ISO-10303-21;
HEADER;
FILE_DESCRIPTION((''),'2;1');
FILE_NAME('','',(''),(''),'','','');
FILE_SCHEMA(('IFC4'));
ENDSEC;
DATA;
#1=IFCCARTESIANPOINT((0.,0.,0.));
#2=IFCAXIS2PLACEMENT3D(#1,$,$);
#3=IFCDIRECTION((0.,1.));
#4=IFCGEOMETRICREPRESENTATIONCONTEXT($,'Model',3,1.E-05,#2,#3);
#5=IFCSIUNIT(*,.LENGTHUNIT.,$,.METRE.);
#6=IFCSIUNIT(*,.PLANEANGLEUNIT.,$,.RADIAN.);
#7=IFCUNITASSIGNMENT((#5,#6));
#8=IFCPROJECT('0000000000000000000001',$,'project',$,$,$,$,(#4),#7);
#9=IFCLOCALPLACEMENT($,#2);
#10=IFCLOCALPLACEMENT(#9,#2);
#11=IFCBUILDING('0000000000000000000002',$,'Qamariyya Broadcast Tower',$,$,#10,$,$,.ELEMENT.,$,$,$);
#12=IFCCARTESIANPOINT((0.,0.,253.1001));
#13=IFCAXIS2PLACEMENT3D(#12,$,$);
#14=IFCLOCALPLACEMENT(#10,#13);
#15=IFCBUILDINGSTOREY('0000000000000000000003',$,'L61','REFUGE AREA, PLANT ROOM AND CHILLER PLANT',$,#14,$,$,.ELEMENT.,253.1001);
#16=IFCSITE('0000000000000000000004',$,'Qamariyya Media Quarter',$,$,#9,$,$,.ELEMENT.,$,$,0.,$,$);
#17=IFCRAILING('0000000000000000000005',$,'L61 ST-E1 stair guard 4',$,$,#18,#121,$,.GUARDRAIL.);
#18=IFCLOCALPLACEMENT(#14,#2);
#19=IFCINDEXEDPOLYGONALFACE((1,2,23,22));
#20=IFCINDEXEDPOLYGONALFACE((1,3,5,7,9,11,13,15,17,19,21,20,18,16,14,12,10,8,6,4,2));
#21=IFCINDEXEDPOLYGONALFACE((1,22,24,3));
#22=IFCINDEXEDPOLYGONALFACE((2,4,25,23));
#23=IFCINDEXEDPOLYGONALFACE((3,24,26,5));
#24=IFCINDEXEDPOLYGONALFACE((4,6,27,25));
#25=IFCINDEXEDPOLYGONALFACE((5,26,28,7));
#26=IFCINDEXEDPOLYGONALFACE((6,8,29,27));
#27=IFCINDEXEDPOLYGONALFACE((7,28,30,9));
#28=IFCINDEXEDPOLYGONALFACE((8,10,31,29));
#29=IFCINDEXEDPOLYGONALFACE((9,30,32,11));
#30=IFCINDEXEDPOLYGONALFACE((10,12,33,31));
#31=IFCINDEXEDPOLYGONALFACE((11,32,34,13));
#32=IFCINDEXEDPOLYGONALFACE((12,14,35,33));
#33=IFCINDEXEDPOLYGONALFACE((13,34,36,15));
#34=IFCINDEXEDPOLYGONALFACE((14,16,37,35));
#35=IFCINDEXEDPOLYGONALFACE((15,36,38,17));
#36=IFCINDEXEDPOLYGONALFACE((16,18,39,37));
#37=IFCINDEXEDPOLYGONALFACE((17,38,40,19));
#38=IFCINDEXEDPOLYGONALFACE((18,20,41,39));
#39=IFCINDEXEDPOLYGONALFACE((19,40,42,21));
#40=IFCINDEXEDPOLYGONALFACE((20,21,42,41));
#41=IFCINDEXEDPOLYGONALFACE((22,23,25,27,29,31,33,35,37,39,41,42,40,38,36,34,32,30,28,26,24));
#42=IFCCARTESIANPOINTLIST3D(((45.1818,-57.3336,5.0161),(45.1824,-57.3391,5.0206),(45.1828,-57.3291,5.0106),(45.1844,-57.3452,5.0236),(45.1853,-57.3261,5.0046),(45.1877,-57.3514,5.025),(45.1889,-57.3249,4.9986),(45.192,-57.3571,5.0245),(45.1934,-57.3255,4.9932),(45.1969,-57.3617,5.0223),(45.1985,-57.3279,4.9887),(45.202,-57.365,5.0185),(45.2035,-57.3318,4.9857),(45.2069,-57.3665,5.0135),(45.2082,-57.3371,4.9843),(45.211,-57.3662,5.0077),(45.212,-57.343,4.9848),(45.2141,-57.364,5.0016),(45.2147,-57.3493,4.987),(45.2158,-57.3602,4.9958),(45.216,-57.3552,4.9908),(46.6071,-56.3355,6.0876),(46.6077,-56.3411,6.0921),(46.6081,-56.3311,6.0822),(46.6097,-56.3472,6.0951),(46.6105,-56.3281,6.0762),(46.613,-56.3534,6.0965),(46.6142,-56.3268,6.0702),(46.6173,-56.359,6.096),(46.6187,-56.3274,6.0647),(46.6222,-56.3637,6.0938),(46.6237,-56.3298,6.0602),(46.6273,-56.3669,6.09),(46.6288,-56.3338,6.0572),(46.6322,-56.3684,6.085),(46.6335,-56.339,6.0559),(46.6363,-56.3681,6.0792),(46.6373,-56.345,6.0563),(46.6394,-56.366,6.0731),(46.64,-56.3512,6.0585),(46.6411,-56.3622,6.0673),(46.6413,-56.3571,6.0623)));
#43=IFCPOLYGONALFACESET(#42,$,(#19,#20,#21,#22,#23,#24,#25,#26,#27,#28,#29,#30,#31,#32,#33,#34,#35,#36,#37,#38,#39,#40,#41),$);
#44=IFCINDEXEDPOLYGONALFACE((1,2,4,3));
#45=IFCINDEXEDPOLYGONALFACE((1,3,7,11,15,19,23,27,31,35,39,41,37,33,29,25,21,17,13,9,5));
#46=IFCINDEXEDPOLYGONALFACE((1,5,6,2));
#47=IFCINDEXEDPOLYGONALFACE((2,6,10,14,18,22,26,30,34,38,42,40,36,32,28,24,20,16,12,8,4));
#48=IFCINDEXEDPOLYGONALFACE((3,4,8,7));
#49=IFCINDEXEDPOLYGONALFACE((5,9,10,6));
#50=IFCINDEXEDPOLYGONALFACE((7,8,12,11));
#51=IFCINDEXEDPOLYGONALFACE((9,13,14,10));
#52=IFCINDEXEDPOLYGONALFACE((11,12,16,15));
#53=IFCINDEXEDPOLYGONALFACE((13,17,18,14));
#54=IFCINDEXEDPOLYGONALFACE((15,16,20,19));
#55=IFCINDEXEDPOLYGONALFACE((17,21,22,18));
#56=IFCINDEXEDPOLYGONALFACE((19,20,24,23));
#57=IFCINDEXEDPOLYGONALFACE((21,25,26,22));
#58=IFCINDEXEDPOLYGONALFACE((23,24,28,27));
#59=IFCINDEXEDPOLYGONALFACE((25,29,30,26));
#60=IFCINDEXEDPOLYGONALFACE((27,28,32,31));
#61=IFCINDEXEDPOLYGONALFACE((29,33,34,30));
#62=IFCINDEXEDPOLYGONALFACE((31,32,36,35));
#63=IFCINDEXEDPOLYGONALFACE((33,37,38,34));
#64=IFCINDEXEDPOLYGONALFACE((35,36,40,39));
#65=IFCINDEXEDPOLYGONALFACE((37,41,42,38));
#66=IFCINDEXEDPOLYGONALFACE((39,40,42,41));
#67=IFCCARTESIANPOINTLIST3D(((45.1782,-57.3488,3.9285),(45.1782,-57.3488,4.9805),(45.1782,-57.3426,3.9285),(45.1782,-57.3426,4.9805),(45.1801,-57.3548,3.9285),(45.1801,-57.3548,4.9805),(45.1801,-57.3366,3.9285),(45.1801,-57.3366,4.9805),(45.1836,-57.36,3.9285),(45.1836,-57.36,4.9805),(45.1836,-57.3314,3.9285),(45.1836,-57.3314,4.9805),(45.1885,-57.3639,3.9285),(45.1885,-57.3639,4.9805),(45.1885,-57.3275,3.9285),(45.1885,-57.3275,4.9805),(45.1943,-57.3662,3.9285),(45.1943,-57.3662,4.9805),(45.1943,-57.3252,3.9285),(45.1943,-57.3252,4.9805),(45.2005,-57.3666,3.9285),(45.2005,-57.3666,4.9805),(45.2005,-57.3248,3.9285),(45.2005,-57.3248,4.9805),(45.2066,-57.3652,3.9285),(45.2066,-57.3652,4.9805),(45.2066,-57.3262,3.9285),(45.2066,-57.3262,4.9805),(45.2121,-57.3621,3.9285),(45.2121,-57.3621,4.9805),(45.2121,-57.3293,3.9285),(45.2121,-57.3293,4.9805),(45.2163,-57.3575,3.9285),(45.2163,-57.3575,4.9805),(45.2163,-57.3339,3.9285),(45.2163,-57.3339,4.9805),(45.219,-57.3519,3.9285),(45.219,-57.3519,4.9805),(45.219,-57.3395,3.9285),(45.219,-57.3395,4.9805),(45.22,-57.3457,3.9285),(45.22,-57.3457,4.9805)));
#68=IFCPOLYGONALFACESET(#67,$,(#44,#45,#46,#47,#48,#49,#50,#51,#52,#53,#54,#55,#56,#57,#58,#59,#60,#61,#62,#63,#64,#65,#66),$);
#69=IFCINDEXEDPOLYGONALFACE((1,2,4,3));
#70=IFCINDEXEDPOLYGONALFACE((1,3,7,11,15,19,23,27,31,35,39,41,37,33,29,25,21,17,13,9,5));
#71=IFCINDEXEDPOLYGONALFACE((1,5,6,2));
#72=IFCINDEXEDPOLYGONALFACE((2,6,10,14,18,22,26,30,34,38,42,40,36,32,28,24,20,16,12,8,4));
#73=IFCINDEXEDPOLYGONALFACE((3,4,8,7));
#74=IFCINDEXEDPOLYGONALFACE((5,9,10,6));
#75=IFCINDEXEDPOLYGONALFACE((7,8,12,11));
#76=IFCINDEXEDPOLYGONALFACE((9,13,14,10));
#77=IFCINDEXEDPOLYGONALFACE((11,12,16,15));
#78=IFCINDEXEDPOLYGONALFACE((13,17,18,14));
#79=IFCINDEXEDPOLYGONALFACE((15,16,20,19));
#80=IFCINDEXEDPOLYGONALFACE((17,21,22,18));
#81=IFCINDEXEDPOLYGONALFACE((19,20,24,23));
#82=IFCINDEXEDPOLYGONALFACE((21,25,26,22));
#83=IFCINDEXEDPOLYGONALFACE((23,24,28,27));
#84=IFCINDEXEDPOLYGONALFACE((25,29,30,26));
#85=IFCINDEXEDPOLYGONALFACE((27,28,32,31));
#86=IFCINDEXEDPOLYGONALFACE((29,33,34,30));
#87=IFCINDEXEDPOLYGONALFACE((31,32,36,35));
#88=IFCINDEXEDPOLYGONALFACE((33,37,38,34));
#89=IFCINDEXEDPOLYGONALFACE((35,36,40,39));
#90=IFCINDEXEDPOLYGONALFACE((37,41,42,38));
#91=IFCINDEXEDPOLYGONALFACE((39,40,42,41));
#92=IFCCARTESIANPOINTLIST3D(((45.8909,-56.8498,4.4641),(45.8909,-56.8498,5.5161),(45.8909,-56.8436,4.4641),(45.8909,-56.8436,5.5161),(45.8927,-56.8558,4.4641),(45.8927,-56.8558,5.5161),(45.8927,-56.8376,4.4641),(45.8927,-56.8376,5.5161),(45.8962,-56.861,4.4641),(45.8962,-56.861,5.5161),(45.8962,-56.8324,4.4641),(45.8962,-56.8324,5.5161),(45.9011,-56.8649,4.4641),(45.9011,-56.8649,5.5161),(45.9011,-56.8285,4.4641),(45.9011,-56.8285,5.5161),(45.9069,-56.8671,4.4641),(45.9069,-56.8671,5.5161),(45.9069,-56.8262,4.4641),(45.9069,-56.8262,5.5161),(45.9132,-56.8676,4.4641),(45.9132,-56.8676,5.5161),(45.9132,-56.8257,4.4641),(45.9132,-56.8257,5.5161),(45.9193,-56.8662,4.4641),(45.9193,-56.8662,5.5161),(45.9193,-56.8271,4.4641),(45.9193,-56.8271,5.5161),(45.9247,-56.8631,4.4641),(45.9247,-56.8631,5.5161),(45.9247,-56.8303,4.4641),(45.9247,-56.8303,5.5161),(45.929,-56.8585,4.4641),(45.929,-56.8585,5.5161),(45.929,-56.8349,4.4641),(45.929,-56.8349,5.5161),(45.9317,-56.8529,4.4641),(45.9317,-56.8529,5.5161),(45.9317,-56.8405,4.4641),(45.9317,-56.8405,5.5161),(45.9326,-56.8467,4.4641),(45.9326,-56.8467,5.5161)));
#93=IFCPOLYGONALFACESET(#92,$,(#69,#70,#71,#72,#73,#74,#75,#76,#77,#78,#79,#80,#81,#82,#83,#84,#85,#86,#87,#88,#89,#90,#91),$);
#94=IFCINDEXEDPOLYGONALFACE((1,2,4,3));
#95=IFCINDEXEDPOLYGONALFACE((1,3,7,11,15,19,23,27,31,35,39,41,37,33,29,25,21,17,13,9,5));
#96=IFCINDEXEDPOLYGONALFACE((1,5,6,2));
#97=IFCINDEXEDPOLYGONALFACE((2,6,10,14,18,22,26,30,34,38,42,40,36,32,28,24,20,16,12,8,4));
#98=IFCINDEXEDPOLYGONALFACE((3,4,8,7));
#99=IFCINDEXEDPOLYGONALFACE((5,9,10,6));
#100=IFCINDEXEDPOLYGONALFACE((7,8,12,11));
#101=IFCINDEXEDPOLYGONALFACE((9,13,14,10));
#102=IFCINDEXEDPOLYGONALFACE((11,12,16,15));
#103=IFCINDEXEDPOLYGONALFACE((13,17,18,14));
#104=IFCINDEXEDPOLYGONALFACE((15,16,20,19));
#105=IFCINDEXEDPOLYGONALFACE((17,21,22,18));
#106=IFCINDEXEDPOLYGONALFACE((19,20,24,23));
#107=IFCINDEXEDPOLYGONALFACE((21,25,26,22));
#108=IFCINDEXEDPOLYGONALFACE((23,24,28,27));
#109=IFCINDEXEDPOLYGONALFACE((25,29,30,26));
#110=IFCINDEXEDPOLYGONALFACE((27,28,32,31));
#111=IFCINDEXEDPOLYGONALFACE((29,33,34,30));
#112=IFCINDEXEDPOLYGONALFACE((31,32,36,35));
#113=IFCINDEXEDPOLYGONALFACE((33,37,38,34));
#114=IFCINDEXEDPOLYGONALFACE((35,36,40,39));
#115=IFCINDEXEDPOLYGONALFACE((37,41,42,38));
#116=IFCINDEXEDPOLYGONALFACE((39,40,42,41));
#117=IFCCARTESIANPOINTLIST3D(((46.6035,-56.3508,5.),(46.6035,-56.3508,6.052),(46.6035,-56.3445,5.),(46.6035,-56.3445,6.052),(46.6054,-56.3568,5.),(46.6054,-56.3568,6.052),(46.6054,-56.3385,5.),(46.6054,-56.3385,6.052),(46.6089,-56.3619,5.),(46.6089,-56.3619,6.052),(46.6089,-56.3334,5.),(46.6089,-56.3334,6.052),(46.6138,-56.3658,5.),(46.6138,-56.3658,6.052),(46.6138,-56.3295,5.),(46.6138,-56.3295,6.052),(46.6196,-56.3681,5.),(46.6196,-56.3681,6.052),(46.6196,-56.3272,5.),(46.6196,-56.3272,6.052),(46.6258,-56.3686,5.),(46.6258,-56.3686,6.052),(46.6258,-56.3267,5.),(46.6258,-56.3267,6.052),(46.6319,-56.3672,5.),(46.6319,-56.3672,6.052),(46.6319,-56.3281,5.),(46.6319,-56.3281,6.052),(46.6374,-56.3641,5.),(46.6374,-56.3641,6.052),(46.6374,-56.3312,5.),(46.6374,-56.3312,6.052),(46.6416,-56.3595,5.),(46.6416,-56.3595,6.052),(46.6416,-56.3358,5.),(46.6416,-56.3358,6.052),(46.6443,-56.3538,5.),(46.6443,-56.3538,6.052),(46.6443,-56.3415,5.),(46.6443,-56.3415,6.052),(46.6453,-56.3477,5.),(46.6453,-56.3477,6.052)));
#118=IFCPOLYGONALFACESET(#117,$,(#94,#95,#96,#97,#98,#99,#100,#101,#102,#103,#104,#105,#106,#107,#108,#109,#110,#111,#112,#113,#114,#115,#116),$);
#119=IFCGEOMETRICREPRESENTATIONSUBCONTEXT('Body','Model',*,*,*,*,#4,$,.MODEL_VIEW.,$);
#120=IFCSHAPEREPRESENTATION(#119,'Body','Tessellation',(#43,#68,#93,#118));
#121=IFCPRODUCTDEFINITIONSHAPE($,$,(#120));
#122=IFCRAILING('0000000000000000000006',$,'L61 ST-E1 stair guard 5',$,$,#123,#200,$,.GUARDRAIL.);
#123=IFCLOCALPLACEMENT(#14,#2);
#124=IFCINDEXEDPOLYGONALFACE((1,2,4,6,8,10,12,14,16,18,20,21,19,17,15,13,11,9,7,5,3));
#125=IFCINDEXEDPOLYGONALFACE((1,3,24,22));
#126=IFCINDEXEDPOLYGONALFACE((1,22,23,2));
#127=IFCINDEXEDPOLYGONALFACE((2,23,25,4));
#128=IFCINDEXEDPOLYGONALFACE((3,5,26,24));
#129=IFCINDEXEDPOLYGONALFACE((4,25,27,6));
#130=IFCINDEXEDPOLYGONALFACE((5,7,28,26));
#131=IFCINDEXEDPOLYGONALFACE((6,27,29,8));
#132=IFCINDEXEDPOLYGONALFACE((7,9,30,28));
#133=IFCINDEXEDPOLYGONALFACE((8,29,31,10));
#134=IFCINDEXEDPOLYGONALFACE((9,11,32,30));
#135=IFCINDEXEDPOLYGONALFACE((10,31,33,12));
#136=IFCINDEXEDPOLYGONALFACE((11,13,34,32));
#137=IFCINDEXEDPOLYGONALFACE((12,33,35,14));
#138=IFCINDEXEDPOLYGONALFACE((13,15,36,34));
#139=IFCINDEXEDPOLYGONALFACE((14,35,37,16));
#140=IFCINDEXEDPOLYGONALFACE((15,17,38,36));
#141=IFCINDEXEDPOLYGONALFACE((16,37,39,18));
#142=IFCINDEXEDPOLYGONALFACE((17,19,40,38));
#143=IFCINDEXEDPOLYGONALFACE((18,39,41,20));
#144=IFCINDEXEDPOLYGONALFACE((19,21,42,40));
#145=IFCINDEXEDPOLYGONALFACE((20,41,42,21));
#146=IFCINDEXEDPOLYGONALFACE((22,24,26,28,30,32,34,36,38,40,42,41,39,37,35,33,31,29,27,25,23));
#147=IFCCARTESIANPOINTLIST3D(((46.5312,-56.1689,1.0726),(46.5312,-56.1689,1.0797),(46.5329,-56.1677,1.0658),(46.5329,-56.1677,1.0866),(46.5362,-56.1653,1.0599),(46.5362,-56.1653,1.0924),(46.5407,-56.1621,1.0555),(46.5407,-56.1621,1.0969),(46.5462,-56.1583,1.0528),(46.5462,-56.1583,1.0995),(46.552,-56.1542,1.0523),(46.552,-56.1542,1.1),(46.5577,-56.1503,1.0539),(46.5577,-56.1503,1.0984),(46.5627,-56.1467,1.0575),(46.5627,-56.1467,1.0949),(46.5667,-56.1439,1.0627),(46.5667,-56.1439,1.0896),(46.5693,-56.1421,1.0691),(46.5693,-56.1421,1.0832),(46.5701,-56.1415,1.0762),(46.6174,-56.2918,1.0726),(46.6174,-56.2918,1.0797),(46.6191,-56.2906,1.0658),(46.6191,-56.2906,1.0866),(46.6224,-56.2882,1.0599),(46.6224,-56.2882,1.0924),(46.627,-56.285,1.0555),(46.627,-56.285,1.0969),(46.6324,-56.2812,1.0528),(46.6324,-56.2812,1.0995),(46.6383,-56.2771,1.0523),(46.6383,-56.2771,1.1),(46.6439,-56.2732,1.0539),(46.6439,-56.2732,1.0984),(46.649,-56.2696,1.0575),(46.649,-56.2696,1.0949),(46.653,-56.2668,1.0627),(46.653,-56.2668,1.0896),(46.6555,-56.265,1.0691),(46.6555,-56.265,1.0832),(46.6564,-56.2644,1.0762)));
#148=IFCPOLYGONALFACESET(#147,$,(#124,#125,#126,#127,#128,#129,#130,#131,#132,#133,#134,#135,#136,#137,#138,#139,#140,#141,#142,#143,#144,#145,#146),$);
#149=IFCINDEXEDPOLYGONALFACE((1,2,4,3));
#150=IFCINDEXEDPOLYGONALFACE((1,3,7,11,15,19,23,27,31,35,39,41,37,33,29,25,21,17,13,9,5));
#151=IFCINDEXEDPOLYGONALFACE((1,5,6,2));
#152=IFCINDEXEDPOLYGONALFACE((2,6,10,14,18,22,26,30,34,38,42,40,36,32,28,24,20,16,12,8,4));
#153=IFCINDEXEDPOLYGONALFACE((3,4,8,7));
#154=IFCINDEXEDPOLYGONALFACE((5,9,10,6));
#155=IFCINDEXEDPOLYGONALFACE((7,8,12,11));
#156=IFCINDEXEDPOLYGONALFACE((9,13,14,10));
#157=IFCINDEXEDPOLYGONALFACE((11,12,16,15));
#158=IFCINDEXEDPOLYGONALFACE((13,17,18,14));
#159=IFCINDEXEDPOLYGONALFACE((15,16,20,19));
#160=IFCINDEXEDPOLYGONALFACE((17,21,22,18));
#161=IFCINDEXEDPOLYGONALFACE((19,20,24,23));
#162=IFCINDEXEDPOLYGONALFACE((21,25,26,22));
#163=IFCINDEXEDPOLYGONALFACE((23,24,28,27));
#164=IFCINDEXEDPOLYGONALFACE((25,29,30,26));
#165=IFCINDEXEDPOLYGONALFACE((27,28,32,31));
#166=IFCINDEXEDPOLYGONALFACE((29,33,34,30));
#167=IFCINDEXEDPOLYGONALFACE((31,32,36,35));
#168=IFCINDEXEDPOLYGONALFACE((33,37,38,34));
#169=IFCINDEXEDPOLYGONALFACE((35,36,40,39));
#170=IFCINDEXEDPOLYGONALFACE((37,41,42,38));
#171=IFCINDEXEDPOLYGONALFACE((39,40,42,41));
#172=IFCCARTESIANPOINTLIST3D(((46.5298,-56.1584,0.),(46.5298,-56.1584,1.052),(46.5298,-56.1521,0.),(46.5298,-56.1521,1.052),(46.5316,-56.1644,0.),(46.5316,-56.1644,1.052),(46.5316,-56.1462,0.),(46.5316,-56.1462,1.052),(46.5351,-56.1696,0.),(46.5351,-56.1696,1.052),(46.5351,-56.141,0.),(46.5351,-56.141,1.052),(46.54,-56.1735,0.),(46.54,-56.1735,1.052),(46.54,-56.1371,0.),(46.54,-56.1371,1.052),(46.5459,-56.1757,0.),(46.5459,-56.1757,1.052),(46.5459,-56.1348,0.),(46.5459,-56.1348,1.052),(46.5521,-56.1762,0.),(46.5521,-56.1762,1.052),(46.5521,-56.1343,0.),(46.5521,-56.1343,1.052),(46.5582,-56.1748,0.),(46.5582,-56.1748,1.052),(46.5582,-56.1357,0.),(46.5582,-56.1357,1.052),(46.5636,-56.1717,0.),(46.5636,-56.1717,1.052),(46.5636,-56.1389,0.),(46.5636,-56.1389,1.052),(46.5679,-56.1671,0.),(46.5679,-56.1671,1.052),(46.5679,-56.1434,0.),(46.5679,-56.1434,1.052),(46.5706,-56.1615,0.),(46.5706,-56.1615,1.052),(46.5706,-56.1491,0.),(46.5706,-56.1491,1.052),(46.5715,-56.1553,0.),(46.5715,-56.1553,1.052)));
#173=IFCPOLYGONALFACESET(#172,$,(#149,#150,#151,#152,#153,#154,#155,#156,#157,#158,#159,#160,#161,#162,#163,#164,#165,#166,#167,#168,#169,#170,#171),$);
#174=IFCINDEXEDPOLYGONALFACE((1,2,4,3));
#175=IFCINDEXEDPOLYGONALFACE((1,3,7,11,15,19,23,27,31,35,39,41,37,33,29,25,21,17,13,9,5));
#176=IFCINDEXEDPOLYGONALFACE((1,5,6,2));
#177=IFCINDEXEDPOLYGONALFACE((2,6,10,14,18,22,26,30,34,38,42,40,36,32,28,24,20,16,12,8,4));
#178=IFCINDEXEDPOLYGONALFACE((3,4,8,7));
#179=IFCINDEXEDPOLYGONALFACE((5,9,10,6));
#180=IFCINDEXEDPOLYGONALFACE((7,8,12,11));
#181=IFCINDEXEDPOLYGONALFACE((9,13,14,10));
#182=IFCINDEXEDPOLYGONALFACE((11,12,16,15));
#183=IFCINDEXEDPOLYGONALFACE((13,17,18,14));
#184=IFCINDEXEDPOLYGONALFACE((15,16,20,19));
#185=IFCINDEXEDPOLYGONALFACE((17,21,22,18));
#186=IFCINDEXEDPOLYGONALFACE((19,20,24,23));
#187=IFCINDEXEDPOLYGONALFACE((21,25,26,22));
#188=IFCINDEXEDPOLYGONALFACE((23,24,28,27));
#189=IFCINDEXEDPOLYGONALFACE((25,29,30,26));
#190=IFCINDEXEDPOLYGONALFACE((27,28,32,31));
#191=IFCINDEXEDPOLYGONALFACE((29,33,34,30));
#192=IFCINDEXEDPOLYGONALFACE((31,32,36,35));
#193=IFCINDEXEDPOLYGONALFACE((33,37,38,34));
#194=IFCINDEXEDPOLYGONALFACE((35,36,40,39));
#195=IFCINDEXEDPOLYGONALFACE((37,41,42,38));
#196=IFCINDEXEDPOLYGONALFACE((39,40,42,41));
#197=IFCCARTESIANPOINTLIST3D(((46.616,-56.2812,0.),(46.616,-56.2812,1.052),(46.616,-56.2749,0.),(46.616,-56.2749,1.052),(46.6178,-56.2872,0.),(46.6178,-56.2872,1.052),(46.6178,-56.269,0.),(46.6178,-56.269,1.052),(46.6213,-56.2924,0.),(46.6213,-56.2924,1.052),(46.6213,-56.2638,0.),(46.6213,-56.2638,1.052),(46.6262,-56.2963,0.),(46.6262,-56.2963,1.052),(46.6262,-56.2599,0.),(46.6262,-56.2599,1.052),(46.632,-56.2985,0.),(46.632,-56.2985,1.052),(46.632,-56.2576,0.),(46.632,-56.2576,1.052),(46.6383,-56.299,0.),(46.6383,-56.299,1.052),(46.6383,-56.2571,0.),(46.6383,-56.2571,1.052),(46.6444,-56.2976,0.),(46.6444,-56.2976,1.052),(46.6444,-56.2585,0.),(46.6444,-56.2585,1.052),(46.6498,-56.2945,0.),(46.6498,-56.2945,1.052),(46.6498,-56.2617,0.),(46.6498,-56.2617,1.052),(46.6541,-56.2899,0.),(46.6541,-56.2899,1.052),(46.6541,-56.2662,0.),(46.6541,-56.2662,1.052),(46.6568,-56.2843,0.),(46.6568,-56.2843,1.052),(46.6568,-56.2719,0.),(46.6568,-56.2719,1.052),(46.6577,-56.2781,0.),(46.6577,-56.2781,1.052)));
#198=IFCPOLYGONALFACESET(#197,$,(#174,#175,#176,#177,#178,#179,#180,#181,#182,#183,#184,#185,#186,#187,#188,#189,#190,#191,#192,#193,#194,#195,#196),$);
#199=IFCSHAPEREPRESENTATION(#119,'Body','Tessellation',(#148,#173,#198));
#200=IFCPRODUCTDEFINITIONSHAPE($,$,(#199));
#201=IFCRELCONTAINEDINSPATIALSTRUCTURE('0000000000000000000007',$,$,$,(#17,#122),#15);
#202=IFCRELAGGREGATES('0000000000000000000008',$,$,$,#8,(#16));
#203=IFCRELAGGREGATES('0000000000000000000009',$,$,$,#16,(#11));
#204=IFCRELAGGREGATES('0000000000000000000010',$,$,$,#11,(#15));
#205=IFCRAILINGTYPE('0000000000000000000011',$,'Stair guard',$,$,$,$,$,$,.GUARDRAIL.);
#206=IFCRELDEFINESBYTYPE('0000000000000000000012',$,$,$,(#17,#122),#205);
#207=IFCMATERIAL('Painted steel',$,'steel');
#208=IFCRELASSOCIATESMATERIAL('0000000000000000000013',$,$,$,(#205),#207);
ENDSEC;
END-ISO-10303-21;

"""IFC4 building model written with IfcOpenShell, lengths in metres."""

from ifc_helpers import new_model, si_unit, direction, frame, origin, origin_2d, place, context, subcontext, project, spatial, circle, extrude, material, type_object, element, save


model = new_model("IFC4")

# Units and contexts
model_context = context("Model", 3, precision=1e-05, world=origin(), true_north=direction((0.0, 1.0)))
body_context = subcontext(model_context, "Body", "Model", "MODEL_VIEW")
ifc_project = project(units=[si_unit("LENGTHUNIT", "METRE"), si_unit("PLANEANGLEUNIT", "RADIAN")], contexts=[model_context])

# Site, building, storey
site_placement = place(None, origin())
site = spatial("IfcSite", under=ifc_project, at=site_placement, Name="Qamariyya Media Quarter", CompositionType="ELEMENT", RefElevation=0.0)
building_placement = place(site_placement, origin())
building = spatial("IfcBuilding", under=site, at=building_placement, Name="Qamariyya Broadcast Tower", CompositionType="ELEMENT")
storey_placement = place(building_placement, frame((0.0, 0.0, 253.1001)))
storey = spatial("IfcBuildingStorey", under=building, at=storey_placement, Name="L61", Description="REFUGE AREA, PLANT ROOM AND CHILLER PLANT", CompositionType="ELEMENT", Elevation=253.1001)

# Railings
ifc_material_1 = material(Name="Painted steel", Category="steel")
railing_type_1 = type_object("IfcRailingType", Name="Stair guard", PredefinedType="GUARDRAIL", material=ifc_material_1)
railing_1_placement = place(storey_placement, frame((45.199, -57.3457, 3.9285)))
element("IfcRailing", 1, at=railing_1_placement, inside=storey, type_object=railing_type_1, Name="L61 ST-E1 stair guard 4", PredefinedType="GUARDRAIL", context=body_context, shape_type="SweptSolid", body=[
    extrude(circle(Radius=0.0239, at=origin_2d()), frame((0.0, 0.0, 1.0762), z_axis=(0.697489, 0.48841, 0.524371), x_axis=(-0.573594, 0.81914, 0.0)), (0.0, 0.0, 1.0), 2.0435),
    extrude(circle(Radius=0.021, at=origin_2d()), origin(), (0.0, 0.0, 1.0), 1.052),
    extrude(circle(Radius=0.021, at=origin_2d()), frame((0.7126, 0.499, 0.5356)), (0.0, 0.0, 1.0), 1.052),
    extrude(circle(Radius=0.021, at=origin_2d()), frame((1.4253, 0.998, 1.0715)), (0.0, 0.0, 1.0), 1.052),
])
railing_2_placement = place(storey_placement, frame((46.5505, -56.1553, 0.0)))
element("IfcRailing", 2, at=railing_2_placement, inside=storey, type_object=railing_type_1, Name="L61 ST-E1 stair guard 5", PredefinedType="GUARDRAIL", context=body_context, shape_type="SweptSolid", body=[
    extrude(circle(Radius=0.0239, at=origin_2d()), frame((0.0, 0.0, 1.0762), z_axis=(0.574445, -0.818543, 0.0), x_axis=(0.818543, 0.574445, 0.0)), (0.0, 0.0, 1.0), 0.1501),
    extrude(circle(Radius=0.021, at=origin_2d()), origin(), (0.0, 0.0, 1.0), 1.052),
    extrude(circle(Radius=0.021, at=origin_2d()), frame((0.0862, -0.1228, 0.0)), (0.0, 0.0, 1.0), 1.052),
])

save(model, "model.ifc")
